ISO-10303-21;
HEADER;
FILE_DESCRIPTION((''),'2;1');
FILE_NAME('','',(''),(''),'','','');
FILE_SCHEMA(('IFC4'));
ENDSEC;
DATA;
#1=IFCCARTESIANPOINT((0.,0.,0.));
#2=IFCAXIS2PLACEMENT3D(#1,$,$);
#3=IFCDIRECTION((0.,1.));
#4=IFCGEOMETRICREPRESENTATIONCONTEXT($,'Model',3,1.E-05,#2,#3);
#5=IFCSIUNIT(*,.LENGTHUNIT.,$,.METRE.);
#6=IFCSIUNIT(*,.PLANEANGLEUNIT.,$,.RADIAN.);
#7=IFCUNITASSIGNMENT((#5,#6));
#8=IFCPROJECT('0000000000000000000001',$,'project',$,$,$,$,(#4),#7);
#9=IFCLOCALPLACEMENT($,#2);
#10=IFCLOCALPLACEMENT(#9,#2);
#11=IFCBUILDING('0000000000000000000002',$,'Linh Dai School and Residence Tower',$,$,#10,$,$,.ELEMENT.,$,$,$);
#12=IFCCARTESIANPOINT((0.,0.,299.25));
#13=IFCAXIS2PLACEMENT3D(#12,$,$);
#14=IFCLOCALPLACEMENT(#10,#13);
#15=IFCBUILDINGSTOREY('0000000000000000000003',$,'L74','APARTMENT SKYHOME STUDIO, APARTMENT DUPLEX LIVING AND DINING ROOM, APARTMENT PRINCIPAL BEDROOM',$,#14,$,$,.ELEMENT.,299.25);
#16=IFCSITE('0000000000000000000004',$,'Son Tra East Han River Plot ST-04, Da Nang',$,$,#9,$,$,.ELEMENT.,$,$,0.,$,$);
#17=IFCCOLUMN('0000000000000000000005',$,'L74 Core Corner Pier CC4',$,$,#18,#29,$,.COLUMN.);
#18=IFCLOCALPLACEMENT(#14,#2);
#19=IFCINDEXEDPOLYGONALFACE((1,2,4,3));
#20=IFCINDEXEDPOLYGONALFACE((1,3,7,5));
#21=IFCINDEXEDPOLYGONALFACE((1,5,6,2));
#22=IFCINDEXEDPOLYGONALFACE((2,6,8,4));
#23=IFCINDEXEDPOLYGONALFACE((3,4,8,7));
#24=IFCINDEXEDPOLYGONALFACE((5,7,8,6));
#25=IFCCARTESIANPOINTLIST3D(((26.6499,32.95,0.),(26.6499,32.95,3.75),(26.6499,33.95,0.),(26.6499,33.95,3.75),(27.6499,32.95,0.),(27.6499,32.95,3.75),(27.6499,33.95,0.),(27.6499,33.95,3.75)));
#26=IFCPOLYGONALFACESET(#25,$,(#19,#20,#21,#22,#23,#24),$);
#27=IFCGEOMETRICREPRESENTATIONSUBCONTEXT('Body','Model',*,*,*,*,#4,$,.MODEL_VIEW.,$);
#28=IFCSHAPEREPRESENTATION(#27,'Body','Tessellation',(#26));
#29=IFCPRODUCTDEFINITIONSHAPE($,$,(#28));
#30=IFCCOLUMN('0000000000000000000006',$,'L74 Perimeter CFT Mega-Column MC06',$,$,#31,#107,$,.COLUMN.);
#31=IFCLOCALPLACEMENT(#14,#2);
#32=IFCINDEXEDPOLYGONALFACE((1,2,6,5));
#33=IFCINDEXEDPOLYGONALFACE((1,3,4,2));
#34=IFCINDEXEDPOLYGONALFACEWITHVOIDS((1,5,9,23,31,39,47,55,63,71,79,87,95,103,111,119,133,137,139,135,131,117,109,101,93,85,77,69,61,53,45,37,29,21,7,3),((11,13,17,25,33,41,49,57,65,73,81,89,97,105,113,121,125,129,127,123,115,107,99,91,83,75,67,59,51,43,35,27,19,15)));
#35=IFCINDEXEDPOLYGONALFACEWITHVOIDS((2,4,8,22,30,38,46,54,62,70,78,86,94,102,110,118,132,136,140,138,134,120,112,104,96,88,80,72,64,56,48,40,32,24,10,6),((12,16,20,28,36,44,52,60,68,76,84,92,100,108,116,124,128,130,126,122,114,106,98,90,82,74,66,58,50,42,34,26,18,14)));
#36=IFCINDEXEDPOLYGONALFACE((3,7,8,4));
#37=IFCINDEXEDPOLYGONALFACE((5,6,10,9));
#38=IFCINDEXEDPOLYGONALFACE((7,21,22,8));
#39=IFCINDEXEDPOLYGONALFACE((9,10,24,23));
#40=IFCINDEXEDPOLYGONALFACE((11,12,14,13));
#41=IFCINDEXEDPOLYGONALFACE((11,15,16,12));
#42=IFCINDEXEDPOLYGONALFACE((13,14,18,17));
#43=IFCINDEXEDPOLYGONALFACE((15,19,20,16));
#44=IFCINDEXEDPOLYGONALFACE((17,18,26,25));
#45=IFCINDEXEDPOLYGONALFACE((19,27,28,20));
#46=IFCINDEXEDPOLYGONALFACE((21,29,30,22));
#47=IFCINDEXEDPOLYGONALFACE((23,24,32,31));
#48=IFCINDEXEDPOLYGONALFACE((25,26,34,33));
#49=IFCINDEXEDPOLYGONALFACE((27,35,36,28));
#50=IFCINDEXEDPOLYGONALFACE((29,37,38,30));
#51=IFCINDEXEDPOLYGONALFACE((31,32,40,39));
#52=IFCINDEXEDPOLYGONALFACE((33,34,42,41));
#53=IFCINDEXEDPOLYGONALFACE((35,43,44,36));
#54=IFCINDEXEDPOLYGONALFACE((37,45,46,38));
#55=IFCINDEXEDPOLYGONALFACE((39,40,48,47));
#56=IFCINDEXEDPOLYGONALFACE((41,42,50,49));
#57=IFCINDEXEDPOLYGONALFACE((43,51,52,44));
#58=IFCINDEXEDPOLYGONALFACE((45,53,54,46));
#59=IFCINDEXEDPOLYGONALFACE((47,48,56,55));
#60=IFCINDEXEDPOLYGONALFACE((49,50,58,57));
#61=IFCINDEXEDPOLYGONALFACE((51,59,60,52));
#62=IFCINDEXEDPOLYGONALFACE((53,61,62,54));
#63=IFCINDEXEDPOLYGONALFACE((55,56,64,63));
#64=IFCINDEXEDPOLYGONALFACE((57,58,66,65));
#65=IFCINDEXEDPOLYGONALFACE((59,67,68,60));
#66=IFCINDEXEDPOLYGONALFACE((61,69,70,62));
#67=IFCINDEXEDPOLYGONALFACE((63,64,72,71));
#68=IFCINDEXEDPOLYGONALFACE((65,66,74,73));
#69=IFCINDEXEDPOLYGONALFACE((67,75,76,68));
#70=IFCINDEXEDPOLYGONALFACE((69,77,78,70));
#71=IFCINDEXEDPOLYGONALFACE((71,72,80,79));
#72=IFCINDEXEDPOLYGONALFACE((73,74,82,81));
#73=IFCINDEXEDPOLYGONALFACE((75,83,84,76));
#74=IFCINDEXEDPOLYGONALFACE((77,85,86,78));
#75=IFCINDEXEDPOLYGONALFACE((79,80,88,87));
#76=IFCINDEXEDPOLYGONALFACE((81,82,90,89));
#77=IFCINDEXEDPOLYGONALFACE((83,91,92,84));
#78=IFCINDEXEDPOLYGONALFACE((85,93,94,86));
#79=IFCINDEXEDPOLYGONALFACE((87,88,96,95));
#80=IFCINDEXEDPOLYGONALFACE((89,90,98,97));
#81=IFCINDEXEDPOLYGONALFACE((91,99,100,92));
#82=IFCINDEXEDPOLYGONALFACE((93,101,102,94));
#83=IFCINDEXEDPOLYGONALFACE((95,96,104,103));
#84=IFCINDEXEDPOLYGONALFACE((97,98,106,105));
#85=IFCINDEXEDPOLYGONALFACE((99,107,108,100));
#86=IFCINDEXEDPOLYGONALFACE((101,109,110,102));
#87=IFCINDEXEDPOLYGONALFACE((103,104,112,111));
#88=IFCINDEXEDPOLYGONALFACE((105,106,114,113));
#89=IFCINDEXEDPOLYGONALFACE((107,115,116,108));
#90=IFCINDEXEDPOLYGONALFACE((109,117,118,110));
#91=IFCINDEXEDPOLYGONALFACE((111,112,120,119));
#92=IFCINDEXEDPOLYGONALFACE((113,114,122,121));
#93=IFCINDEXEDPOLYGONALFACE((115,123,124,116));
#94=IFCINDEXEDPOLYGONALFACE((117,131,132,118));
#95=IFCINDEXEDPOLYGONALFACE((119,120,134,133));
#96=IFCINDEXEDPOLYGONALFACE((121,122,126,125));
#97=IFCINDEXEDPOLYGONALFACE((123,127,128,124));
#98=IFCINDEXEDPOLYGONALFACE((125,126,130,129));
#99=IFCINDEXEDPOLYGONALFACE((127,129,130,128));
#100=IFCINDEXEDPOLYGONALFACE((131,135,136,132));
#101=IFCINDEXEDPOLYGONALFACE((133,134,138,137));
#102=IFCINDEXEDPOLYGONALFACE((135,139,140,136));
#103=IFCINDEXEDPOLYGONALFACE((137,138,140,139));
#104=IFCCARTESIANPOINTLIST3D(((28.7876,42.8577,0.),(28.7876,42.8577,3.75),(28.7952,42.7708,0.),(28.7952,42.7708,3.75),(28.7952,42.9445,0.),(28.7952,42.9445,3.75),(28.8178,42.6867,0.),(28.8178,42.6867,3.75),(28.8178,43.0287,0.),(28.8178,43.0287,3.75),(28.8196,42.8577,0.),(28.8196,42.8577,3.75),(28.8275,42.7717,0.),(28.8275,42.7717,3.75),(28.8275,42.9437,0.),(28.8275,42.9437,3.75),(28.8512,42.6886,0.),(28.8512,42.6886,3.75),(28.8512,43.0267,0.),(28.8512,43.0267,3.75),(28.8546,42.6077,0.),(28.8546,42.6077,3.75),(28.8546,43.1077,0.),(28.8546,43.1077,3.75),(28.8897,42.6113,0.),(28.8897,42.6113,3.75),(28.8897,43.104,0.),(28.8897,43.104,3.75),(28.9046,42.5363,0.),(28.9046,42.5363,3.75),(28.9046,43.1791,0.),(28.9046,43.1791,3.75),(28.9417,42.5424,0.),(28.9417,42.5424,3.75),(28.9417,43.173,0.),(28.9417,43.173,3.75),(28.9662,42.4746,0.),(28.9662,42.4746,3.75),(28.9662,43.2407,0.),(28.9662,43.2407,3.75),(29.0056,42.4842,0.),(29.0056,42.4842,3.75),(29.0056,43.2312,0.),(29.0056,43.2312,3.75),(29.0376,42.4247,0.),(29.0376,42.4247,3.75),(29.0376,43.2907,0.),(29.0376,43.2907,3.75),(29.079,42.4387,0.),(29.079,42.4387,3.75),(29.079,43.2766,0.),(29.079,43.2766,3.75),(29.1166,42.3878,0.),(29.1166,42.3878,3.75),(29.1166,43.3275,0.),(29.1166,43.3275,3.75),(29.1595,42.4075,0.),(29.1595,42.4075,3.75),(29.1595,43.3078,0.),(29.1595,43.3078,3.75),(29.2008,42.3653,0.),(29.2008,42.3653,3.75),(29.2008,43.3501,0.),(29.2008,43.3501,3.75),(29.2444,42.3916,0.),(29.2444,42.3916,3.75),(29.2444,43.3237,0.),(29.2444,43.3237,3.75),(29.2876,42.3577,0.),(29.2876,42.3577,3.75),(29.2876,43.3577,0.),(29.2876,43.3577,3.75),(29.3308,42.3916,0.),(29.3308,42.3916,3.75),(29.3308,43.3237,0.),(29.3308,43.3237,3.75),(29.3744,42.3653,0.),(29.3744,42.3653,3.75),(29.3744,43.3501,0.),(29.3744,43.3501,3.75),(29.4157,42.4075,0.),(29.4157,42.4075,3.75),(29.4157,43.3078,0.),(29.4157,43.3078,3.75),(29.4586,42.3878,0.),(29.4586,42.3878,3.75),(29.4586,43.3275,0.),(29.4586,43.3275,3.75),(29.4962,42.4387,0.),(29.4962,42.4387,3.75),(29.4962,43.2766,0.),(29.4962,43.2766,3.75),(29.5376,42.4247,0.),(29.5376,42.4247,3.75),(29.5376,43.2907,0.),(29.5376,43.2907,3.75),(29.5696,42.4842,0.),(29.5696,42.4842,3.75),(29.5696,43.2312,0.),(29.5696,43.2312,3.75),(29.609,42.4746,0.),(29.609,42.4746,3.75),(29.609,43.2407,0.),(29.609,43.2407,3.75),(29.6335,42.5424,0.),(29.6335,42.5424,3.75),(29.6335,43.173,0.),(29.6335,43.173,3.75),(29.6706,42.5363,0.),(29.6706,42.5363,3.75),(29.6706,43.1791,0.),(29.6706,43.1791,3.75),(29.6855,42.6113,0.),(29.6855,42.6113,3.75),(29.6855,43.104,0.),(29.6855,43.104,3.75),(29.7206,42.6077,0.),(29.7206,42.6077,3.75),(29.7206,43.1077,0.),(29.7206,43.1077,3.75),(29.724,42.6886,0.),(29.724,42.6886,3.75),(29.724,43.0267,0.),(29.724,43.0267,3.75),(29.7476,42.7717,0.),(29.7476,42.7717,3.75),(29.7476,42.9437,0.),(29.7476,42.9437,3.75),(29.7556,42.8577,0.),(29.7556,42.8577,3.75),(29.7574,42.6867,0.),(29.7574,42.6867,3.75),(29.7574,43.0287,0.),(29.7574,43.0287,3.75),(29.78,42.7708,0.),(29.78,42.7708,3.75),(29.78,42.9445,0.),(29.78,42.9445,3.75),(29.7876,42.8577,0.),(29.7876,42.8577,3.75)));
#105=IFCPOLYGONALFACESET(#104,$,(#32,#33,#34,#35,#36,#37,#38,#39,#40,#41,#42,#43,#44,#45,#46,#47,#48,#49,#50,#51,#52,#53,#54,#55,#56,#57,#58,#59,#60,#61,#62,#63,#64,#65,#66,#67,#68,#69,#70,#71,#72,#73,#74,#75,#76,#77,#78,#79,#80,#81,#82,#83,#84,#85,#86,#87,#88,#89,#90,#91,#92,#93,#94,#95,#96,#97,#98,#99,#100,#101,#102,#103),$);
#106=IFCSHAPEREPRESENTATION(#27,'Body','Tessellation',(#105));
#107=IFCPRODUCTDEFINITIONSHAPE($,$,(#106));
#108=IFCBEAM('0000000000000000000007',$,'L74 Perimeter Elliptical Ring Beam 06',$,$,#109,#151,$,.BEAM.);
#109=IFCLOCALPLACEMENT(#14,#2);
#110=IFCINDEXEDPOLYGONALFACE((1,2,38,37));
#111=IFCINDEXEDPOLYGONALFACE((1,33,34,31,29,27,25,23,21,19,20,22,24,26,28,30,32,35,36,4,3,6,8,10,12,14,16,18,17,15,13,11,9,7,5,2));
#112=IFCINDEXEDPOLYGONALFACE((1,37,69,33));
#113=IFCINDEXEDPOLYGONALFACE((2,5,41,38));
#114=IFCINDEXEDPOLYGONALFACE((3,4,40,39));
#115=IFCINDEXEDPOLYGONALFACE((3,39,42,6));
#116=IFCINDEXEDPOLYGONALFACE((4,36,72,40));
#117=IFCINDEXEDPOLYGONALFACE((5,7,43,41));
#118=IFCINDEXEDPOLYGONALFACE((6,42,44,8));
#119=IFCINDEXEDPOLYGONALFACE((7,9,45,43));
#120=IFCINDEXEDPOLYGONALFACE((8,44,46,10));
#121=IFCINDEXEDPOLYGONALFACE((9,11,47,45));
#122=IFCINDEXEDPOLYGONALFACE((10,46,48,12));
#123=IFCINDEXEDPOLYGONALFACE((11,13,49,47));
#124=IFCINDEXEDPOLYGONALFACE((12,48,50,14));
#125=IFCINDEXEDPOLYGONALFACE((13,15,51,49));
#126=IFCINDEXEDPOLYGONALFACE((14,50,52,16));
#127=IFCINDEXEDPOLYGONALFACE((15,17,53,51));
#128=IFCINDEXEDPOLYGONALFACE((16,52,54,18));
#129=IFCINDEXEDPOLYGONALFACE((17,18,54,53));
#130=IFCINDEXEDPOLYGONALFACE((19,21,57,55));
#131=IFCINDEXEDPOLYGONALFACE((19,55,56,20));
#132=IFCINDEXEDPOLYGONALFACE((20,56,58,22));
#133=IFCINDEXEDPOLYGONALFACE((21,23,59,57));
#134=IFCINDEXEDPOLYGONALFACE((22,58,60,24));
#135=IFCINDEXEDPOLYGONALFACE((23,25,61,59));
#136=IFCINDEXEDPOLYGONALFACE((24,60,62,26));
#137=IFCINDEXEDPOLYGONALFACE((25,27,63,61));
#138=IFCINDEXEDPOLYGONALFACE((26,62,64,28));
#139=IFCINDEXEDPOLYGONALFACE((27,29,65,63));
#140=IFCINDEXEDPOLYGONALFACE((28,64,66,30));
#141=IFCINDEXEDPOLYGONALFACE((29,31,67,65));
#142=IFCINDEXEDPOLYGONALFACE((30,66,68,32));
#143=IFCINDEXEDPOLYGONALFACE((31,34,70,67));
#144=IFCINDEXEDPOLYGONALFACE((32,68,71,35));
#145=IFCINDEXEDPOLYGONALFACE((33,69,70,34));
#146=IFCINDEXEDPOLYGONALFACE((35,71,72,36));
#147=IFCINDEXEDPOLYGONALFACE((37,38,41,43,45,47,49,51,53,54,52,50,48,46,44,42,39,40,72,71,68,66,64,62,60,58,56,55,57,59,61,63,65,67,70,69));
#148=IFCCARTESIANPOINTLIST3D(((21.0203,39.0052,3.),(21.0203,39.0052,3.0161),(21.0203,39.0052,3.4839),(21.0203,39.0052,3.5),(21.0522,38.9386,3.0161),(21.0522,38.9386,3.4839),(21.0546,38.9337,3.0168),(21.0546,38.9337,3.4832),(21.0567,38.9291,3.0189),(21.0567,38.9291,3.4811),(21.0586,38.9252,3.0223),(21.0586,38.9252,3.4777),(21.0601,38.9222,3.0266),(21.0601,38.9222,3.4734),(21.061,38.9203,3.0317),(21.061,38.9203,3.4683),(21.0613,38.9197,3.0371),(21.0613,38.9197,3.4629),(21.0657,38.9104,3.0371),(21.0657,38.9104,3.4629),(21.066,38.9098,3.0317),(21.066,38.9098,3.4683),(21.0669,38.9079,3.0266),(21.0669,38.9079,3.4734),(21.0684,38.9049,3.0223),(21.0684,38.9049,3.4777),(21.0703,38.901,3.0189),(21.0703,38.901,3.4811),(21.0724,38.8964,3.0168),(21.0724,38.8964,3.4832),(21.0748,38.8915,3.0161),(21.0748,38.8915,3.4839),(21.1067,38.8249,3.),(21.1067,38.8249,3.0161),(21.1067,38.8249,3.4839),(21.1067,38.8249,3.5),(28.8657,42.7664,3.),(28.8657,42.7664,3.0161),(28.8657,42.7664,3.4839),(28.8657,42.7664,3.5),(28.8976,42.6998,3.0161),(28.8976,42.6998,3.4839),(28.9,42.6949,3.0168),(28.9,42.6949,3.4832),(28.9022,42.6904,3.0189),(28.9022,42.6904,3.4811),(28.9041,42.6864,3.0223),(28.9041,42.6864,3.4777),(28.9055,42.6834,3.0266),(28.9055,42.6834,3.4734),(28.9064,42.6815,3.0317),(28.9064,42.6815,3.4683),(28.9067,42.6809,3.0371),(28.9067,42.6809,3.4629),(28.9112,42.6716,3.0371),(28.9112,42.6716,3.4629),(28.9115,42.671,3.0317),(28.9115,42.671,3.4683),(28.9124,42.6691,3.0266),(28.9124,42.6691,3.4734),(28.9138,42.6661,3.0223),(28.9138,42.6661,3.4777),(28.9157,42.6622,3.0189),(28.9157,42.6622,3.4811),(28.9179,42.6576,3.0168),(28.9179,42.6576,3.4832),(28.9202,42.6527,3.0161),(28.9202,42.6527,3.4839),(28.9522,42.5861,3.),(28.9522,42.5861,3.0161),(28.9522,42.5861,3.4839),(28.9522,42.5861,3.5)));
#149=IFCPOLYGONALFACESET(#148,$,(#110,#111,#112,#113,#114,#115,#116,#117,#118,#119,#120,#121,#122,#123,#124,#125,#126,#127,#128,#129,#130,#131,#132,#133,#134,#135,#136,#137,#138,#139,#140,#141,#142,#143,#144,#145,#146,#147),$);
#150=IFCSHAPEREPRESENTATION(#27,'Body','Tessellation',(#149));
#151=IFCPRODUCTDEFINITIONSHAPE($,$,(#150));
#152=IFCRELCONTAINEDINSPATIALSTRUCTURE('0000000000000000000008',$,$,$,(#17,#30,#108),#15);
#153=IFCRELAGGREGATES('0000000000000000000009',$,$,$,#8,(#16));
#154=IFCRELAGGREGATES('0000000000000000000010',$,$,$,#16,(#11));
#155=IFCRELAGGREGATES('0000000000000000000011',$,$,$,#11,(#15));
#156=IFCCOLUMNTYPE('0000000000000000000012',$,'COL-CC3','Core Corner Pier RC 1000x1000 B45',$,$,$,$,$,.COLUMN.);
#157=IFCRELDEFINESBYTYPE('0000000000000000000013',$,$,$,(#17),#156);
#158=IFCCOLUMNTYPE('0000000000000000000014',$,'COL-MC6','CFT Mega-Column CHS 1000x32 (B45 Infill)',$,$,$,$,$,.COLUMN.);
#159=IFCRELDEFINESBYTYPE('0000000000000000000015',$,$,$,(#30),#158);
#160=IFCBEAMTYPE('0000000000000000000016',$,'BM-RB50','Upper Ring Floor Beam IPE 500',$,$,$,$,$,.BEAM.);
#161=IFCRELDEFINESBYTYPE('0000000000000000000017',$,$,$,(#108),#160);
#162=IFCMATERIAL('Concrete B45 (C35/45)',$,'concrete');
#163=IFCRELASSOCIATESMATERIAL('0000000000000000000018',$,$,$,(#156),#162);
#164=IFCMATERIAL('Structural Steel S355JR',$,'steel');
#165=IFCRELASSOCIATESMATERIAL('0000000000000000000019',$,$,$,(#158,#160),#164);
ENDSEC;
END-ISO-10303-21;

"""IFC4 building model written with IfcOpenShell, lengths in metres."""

from ifc_helpers import new_model, si_unit, direction, frame, origin, origin_2d, place, context, subcontext, project, spatial, rectangle, hollow_circle, i_section, extrude, material, material_profile, profile_set, type_object, element, save


model = new_model("IFC4")

# Units and contexts
model_context = context("Model", 3, precision=1e-05, world=origin(), true_north=direction((0.0, 1.0)))
body_context = subcontext(model_context, "Body", "Model", "MODEL_VIEW")
ifc_project = project(units=[si_unit("LENGTHUNIT", "METRE"), si_unit("PLANEANGLEUNIT", "RADIAN")], contexts=[model_context])

# Site, building, storey
site_placement = place(None, origin())
site = spatial("IfcSite", under=ifc_project, at=site_placement, Name="Son Tra East Han River Plot ST-04, Da Nang", CompositionType="ELEMENT", RefElevation=0.0)
building_placement = place(site_placement, origin())
building = spatial("IfcBuilding", under=site, at=building_placement, Name="Linh Dai School and Residence Tower", CompositionType="ELEMENT")
storey_placement = place(building_placement, frame((0.0, 0.0, 299.25)))
storey = spatial("IfcBuildingStorey", under=building, at=storey_placement, Name="L74", Description="APARTMENT SKYHOME STUDIO, APARTMENT DUPLEX LIVING AND DINING ROOM, APARTMENT PRINCIPAL BEDROOM", CompositionType="ELEMENT", Elevation=299.25)

# Columns
ifc_material_1 = material(Name="Concrete B45 (C35/45)", Category="concrete")
ifc_material_profile_1 = material_profile(ifc_material_1, rectangle(XDim=1.0, YDim=1.0, at=origin_2d()), Name="RC 1000x1000")
ifc_profile_set_1 = profile_set([ifc_material_profile_1], Name="Concrete B45 (C35/45)")
column_type_1 = type_object("IfcColumnType", Name="COL-CC3", Description="Core Corner Pier RC 1000x1000 B45", PredefinedType="COLUMN", material=ifc_profile_set_1)
column_1_placement = place(storey_placement, frame((27.1499, 33.45, 0.0), z_axis=(0.0, 0.0, 1.0), x_axis=(1.0, 0.0, 0.0)))
element("IfcColumn", 1, at=column_1_placement, inside=storey, type_object=column_type_1, Name="L74 Core Corner Pier CC4", PredefinedType="COLUMN", context=body_context, shape_type="SweptSolid", body=[
    extrude(rectangle(XDim=1.0, YDim=1.0, at=origin_2d()), origin(), (0.0, 0.0, 1.0), 3.75),
])
ifc_material_2 = material(Name="Structural Steel S355JR", Category="steel")
ifc_material_profile_2 = material_profile(ifc_material_2, hollow_circle(Radius=0.5, WallThickness=0.032, at=origin_2d()), Name="CHS 1000x32")
ifc_profile_set_2 = profile_set([ifc_material_profile_2], Name="Structural Steel S355JR")
column_type_2 = type_object("IfcColumnType", Name="COL-MC6", Description="CFT Mega-Column CHS 1000x32 (B45 Infill)", PredefinedType="COLUMN", material=ifc_profile_set_2)
column_2_placement = place(storey_placement, frame((29.2876, 42.8577, 0.0), z_axis=(0.0, 0.0, 1.0), x_axis=(1.0, 0.0, 0.0)))
element("IfcColumn", 2, at=column_2_placement, inside=storey, type_object=column_type_2, Name="L74 Perimeter CFT Mega-Column MC06", PredefinedType="COLUMN", context=body_context, shape_type="SweptSolid", body=[
    extrude(hollow_circle(Radius=0.5, WallThickness=0.032, at=origin_2d()), origin(), (0.0, 0.0, 1.0), 3.75),
])

# Beam
ifc_material_profile_3 = material_profile(ifc_material_2, i_section(OverallWidth=0.2, OverallDepth=0.5, WebThickness=0.0103, FlangeThickness=0.0161, FilletRadius=0.021, at=origin_2d()), Name="IPE 500")
ifc_profile_set_3 = profile_set([ifc_material_profile_3], Name="Structural Steel S355JR")
beam_type_1 = type_object("IfcBeamType", Name="BM-RB50", Description="Upper Ring Floor Beam IPE 500", PredefinedType="BEAM", material=ifc_profile_set_3)
beam_1_placement = place(storey_placement, frame((28.9089, 42.6763, 3.25), z_axis=(-0.901729, -0.432302, 0.0), x_axis=(0.432302, -0.901729, 0.0)))
element("IfcBeam", 3, at=beam_1_placement, inside=storey, type_object=beam_type_1, Name="L74 Perimeter Elliptical Ring Beam 06", PredefinedType="BEAM", context=body_context, shape_type="SweptSolid", body=[
    extrude(i_section(OverallWidth=0.2, OverallDepth=0.5, WebThickness=0.0103, FlangeThickness=0.0161, FilletRadius=0.021, at=origin_2d()), origin(), (0.0, 0.0, 1.0), 8.7004),
])

save(model, "model.ifc")
